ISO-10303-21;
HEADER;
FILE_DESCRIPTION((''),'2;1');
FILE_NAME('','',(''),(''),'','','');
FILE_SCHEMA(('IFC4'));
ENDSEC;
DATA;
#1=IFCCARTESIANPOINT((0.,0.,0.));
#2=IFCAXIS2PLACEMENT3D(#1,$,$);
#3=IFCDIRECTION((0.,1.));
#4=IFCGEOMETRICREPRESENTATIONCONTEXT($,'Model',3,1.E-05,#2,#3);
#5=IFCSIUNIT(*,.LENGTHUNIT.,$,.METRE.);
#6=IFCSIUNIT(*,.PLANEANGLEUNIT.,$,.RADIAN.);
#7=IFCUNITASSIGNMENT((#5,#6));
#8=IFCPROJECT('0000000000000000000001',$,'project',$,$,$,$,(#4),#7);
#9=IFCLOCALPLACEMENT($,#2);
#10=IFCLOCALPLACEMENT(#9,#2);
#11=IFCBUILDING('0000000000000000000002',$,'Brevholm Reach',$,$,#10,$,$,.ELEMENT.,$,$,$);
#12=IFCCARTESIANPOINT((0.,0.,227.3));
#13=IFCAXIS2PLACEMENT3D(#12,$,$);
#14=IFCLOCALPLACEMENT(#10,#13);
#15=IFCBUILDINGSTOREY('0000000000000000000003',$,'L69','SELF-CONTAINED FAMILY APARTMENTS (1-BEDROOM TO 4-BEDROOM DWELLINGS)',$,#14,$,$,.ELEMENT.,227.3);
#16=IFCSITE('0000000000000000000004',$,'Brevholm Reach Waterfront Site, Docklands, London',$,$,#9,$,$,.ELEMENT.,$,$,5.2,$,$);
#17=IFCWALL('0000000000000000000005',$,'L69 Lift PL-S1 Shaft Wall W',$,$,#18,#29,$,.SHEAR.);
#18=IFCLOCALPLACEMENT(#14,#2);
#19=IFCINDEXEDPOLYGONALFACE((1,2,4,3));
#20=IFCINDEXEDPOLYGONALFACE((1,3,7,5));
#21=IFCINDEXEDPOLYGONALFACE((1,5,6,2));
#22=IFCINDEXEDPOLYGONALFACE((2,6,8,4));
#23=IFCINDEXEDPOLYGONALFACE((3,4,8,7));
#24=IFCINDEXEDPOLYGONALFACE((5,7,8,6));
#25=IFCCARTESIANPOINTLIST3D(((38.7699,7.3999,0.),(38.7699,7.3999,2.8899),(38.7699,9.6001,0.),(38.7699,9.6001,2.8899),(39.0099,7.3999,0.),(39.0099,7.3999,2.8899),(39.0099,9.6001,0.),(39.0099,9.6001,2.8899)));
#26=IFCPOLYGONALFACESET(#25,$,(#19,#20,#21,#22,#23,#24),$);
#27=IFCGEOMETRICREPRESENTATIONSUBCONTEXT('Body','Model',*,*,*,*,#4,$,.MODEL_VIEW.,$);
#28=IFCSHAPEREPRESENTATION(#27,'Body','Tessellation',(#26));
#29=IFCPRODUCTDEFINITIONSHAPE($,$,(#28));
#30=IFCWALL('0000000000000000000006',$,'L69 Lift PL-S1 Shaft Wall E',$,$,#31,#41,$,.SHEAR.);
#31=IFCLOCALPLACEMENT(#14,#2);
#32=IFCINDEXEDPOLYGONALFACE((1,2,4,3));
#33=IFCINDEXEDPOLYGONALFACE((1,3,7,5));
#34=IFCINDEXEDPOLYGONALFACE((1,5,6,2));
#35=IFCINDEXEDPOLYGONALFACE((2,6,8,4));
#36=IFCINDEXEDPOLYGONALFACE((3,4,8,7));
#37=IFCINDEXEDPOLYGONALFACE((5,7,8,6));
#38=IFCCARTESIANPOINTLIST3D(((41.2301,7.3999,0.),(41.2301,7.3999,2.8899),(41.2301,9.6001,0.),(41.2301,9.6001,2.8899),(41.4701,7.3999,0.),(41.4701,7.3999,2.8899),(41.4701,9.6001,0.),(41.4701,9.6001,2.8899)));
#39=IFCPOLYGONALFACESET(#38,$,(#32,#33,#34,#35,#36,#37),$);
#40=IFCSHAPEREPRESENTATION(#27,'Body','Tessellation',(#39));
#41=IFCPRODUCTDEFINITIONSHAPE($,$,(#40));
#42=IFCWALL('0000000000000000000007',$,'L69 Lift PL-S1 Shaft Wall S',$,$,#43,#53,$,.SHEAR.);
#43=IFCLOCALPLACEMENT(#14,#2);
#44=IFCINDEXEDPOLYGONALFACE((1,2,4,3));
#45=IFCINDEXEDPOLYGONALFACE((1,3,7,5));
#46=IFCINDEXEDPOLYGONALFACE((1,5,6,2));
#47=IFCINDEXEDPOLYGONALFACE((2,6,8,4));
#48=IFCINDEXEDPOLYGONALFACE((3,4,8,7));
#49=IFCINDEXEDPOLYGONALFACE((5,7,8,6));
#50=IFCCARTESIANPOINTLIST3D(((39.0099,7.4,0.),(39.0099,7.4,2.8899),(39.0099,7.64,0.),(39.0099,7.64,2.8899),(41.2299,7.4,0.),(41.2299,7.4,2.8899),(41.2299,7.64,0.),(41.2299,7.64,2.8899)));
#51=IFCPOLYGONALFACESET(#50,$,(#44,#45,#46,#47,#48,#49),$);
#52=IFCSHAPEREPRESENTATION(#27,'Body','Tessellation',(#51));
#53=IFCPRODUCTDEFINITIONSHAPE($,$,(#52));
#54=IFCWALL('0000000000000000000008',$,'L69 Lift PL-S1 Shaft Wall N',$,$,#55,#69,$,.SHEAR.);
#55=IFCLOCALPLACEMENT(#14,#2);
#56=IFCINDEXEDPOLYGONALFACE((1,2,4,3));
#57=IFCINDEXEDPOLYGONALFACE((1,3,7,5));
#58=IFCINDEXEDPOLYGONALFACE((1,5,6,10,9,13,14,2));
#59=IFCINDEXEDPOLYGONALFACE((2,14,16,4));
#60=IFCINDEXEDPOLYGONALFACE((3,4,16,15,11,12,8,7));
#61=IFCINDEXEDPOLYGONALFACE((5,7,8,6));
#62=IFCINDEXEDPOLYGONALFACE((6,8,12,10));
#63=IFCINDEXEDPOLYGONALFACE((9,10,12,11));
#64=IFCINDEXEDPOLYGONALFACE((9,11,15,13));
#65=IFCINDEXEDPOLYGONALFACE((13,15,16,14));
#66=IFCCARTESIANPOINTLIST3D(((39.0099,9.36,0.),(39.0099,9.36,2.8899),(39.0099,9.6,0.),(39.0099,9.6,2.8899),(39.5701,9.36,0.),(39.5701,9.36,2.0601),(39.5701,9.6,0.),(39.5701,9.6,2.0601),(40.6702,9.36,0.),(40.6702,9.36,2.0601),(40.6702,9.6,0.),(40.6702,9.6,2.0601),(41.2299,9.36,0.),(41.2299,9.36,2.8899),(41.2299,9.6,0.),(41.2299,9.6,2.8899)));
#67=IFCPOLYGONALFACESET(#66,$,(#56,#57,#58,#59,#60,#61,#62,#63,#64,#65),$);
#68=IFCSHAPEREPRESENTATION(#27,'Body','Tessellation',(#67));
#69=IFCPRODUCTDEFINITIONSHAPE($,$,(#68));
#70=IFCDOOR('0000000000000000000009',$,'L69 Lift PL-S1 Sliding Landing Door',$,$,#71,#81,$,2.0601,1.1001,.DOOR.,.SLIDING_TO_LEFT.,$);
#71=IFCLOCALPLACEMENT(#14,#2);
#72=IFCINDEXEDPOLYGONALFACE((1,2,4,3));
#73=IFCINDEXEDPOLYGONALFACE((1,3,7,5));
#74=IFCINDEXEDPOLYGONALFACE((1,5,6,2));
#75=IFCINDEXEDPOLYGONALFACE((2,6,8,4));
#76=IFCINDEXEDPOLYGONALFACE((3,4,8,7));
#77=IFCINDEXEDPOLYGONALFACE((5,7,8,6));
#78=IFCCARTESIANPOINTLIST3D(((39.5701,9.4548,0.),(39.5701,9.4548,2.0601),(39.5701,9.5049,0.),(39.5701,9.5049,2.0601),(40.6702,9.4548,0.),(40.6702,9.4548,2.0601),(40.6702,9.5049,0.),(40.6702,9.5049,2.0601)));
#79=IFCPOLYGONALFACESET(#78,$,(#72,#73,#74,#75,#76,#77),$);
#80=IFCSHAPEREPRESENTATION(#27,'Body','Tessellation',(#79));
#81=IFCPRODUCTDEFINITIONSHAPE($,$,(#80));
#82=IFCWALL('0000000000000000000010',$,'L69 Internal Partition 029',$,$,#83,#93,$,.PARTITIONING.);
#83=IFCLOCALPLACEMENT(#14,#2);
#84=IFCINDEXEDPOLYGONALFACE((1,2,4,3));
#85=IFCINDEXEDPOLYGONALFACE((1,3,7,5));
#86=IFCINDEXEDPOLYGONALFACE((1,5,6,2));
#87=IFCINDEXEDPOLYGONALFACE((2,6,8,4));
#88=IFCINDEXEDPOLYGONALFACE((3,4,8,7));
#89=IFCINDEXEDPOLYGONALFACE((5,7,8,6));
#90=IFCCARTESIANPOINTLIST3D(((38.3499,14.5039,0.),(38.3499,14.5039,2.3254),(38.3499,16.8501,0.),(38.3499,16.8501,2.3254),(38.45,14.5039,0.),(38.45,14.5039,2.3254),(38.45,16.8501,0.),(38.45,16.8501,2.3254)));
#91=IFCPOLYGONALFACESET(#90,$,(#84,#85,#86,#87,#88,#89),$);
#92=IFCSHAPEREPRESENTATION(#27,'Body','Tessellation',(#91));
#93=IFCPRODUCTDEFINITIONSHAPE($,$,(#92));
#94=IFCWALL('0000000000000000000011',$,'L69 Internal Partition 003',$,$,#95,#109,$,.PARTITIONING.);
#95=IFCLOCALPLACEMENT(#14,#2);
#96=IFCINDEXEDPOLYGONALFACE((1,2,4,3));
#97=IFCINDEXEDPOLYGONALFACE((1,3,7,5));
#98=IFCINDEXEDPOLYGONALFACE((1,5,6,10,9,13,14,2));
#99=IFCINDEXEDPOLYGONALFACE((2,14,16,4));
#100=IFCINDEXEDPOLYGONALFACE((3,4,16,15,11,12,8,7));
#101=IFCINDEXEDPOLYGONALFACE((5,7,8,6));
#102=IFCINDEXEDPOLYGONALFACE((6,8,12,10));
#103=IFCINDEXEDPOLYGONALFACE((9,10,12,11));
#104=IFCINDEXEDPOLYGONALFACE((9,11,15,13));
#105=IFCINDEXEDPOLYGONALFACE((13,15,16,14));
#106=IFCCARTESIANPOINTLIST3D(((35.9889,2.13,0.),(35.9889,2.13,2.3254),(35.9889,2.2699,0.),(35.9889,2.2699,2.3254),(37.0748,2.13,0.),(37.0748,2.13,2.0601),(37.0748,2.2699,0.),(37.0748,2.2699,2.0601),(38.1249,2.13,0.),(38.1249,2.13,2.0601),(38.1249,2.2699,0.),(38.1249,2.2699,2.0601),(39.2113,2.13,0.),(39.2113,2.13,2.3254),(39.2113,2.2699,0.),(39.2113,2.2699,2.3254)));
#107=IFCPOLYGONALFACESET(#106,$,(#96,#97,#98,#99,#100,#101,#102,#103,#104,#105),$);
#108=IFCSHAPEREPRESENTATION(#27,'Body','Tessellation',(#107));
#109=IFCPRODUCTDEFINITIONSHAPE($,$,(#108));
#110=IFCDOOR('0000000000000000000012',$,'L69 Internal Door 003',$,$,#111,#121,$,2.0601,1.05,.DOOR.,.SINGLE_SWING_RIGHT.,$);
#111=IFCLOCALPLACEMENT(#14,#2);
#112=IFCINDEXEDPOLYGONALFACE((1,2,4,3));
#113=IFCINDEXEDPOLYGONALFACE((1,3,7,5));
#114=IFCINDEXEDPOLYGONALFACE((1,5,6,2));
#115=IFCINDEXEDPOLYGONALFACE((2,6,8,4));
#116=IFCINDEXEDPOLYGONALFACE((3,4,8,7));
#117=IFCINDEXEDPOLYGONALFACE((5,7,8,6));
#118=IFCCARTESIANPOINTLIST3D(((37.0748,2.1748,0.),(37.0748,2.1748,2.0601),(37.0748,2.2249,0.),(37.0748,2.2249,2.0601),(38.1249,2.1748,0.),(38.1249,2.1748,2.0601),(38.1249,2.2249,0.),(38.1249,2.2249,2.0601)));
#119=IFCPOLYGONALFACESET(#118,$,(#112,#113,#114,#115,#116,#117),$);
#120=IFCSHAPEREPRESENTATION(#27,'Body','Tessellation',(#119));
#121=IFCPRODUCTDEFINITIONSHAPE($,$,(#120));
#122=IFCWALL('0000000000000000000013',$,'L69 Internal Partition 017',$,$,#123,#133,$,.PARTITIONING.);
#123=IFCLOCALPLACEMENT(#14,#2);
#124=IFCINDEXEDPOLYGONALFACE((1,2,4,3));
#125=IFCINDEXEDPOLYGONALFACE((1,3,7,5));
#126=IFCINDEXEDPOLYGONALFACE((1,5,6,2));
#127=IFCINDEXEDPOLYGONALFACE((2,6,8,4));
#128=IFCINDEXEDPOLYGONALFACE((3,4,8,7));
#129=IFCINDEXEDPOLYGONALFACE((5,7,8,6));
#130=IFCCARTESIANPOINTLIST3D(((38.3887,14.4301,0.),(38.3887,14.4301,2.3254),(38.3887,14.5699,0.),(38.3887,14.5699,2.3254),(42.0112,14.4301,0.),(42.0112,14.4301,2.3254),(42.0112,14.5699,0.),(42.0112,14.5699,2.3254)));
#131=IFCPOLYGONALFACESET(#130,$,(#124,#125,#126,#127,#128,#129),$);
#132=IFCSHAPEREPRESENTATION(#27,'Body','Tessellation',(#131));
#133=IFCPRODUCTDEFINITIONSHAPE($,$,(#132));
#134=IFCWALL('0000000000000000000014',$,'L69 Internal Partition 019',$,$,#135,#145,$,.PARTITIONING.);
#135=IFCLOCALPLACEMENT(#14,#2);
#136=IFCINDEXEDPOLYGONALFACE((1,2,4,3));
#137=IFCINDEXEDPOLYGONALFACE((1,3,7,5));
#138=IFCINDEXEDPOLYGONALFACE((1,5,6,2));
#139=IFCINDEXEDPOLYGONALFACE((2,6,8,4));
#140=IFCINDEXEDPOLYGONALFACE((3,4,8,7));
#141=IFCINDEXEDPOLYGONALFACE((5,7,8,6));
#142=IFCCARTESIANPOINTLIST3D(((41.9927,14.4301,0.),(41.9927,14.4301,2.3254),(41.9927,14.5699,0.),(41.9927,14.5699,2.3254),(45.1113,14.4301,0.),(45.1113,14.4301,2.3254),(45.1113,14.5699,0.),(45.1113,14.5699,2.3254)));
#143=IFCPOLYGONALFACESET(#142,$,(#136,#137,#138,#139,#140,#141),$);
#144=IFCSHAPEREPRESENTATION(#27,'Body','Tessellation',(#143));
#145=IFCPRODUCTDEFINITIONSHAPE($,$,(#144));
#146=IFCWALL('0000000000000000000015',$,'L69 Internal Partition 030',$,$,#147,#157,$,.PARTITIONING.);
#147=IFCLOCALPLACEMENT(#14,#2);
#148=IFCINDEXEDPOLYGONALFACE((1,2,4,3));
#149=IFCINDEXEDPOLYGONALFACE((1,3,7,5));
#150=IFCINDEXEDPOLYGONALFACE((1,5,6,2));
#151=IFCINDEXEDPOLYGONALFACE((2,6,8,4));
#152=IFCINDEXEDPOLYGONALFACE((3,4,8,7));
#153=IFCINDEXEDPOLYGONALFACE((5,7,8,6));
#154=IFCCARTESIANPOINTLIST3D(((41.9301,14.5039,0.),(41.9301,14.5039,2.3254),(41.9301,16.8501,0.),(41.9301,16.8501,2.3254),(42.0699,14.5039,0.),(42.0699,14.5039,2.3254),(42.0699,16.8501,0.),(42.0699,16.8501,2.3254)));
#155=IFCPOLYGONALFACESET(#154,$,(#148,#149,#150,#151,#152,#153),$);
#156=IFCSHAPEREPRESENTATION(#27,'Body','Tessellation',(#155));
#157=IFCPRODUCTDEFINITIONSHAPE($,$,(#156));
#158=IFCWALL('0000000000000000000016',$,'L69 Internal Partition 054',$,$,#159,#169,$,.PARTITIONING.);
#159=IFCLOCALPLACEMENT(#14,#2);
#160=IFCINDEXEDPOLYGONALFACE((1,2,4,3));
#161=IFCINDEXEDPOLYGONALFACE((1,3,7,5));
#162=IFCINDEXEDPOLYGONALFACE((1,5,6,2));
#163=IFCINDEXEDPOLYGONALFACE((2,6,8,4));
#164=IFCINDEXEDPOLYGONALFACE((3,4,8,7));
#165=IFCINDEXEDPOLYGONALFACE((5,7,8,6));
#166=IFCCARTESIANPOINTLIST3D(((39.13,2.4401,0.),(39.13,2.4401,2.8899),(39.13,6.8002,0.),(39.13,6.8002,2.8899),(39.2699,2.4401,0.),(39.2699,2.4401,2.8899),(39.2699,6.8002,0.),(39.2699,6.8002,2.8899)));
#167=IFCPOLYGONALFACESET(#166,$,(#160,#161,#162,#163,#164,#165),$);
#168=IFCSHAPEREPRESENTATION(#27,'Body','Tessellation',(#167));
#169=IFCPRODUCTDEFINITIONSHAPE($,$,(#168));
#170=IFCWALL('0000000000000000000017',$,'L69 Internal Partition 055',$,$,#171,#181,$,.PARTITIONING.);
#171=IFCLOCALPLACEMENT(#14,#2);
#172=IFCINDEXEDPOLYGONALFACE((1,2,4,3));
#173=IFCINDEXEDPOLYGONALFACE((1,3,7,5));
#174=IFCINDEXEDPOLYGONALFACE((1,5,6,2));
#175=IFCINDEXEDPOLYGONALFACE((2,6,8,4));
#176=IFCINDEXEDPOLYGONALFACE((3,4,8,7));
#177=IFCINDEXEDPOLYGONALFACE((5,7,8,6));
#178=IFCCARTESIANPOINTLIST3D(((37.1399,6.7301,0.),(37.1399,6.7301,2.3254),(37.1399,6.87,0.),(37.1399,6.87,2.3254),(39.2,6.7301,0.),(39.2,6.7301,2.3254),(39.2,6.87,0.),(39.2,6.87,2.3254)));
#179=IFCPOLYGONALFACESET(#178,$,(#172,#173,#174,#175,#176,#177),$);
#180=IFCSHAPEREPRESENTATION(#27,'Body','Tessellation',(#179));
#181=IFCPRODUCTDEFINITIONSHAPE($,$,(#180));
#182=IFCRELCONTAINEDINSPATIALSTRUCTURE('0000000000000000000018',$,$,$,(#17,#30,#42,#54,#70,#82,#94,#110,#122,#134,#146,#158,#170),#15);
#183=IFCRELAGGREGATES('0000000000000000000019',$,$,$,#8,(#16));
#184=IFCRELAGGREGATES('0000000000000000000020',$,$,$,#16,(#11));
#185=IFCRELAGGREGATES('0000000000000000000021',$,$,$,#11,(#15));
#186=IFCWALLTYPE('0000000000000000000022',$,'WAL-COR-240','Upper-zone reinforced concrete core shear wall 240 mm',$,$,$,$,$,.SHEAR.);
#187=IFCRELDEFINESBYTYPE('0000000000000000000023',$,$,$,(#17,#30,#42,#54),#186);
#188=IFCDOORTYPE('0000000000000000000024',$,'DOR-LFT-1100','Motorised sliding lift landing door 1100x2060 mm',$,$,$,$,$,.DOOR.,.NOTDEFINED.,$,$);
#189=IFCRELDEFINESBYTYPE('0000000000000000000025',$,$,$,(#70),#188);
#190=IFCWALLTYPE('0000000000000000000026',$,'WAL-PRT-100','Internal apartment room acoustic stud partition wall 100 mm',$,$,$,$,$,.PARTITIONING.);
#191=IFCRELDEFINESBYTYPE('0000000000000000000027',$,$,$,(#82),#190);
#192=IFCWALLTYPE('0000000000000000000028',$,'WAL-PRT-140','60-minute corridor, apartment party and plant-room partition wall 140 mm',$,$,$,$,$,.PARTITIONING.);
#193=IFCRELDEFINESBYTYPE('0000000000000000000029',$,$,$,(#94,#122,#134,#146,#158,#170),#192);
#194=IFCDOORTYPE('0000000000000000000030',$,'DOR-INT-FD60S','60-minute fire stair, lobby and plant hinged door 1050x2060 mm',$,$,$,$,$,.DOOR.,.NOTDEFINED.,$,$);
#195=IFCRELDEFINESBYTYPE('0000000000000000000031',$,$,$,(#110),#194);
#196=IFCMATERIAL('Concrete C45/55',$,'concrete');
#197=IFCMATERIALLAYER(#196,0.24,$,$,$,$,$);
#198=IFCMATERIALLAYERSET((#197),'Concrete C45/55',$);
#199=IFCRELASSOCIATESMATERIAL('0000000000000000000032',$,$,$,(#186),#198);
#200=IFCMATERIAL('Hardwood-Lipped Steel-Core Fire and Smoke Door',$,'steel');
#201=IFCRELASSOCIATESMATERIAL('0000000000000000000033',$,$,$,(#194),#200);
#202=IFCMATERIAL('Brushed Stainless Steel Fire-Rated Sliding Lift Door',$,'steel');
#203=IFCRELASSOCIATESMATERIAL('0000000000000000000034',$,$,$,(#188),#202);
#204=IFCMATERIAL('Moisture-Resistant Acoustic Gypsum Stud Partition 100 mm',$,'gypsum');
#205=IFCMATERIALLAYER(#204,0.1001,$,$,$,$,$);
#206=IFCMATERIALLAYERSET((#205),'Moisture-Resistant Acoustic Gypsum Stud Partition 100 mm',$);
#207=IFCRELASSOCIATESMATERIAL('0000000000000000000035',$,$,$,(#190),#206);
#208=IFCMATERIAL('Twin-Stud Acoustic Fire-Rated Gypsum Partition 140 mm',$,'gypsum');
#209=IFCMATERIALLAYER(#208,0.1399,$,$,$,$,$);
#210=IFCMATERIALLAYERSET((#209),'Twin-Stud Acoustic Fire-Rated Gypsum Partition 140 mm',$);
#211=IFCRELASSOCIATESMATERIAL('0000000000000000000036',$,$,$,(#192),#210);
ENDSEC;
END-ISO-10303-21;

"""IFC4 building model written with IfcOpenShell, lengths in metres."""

from ifc_helpers import new_model, si_unit, direction, frame, frame_2d, origin, place, context, subcontext, project, spatial, rectangle, extrude, material, layer, layer_set, type_object, element, fill, save


model = new_model("IFC4")

# Units and contexts
model_context = context("Model", 3, precision=1e-05, world=origin(), true_north=direction((0.0, 1.0)))
body_context = subcontext(model_context, "Body", "Model", "MODEL_VIEW")
ifc_project = project(units=[si_unit("LENGTHUNIT", "METRE"), si_unit("PLANEANGLEUNIT", "RADIAN")], contexts=[model_context])

# Site, building, storey
site_placement = place(None, origin())
site = spatial("IfcSite", under=ifc_project, at=site_placement, Name="Brevholm Reach Waterfront Site, Docklands, London", CompositionType="ELEMENT", RefElevation=5.2)
building_placement = place(site_placement, origin())
building = spatial("IfcBuilding", under=site, at=building_placement, Name="Brevholm Reach", CompositionType="ELEMENT")
storey_placement = place(building_placement, frame((0.0, 0.0, 227.3)))
storey = spatial("IfcBuildingStorey", under=building, at=storey_placement, Name="L69", Description="SELF-CONTAINED FAMILY APARTMENTS (1-BEDROOM TO 4-BEDROOM DWELLINGS)", CompositionType="ELEMENT", Elevation=227.3)

# Shared definitions
ifc_material_1 = material(Name="Concrete C45/55", Category="concrete")
ifc_layer_1 = layer(ifc_material_1, 0.24)
ifc_layer_set_1 = layer_set([ifc_layer_1], Name="Concrete C45/55")
wall_type_1 = type_object("IfcWallType", Name="WAL-COR-240", Description="Upper-zone reinforced concrete core shear wall 240 mm", PredefinedType="SHEAR", material=ifc_layer_set_1)

# Shared definitions
ifc_material_2 = material(Name="Hardwood-Lipped Steel-Core Fire and Smoke Door", Category="steel")
door_type_1 = type_object("IfcDoorType", Name="DOR-INT-FD60S", Description="60-minute fire stair, lobby and plant hinged door 1050x2060 mm", OperationType="NOTDEFINED", PredefinedType="DOOR", material=ifc_material_2)

# Walls
for number, where, z_axis, x_axis, name in (
    (1, (38.8899, 7.3999, 0.0), (0.0, 0.0, 1.0), (0.0, 1.0, 0.0), "L69 Lift PL-S1 Shaft Wall W"),
    (2, (41.3501, 7.3999, 0.0), (0.0, 0.0, 1.0), (0.0, 1.0, 0.0), "L69 Lift PL-S1 Shaft Wall E"),
):
    element("IfcWall", number, at=place(storey_placement, frame(where, z_axis=z_axis, x_axis=x_axis)), inside=storey, type_object=wall_type_1, Name=name, PredefinedType="SHEAR", context=body_context, shape_type="SweptSolid", body=[
        extrude(rectangle(XDim=2.2002, YDim=0.24, at=frame_2d((1.1001, 0.0))), origin(), (0.0, 0.0, 1.0), 2.8899),
    ])
wall_1_placement = place(storey_placement, frame((39.01, 7.52, 0.0), z_axis=(0.0, 0.0, 1.0), x_axis=(1.0, 0.0, 0.0)))
element("IfcWall", 3, at=wall_1_placement, inside=storey, type_object=wall_type_1, Name="L69 Lift PL-S1 Shaft Wall S", PredefinedType="SHEAR", context=body_context, shape_type="SweptSolid", body=[
    extrude(rectangle(XDim=2.22, YDim=0.24, at=frame_2d((1.1099, 0.0))), origin(), (0.0, 0.0, 1.0), 2.8899),
])

# Wall, opening, door
wall_2_placement = place(storey_placement, frame((39.01, 9.48, 0.0), z_axis=(0.0, 0.0, 1.0), x_axis=(1.0, 0.0, 0.0)))
wall_2 = element("IfcWall", 4, at=wall_2_placement, inside=storey, type_object=wall_type_1, Name="L69 Lift PL-S1 Shaft Wall N", PredefinedType="SHEAR", context=body_context, shape_type="SweptSolid", body=[
    extrude(rectangle(XDim=2.22, YDim=0.24, at=frame_2d((1.1099, 0.0))), origin(), (0.0, 0.0, 1.0), 2.8899),
])
opening_1_placement = place(wall_2_placement, frame((0.5601, 0.0, 0.0)))
opening_1 = element("IfcOpeningElement", 5, at=opening_1_placement, cuts=wall_2, PredefinedType="OPENING", context=body_context, shape_type="SweptSolid", body=[
    extrude(rectangle(XDim=1.1001, YDim=2.0601, at=frame_2d((0.55, 1.03))), frame((0.0, 0.1299, 0.0), z_axis=(0.0, -1.0, 0.0), x_axis=(1.0, 0.0, 0.0)), (0.0, 0.0, 1.0), 0.26),
])
ifc_material_3 = material(Name="Brushed Stainless Steel Fire-Rated Sliding Lift Door", Category="steel")
door_type_2 = type_object("IfcDoorType", Name="DOR-LFT-1100", Description="Motorised sliding lift landing door 1100x2060 mm", OperationType="NOTDEFINED", PredefinedType="DOOR", material=ifc_material_3)
door_1_placement = place(opening_1_placement, origin())
door_1 = element("IfcDoor", 6, at=door_1_placement, inside=storey, type_object=door_type_2, Name="L69 Lift PL-S1 Sliding Landing Door", OperationType="SLIDING_TO_LEFT", OverallHeight=2.0601, OverallWidth=1.1001, PredefinedType="DOOR", context=body_context, shape_type="SweptSolid", body=[
    extrude(rectangle(XDim=1.1001, YDim=2.0601, at=frame_2d((0.55, 1.03))), frame((0.0, 0.0249, 0.0), z_axis=(0.0, -1.0, 0.0), x_axis=(1.0, 0.0, 0.0)), (0.0, 0.0, 1.0), 0.05),
])
fill(opening_1, door_1)

# Wall
ifc_material_4 = material(Name="Moisture-Resistant Acoustic Gypsum Stud Partition 100 mm", Category="gypsum")
ifc_layer_2 = layer(ifc_material_4, 0.1001)
ifc_layer_set_2 = layer_set([ifc_layer_2], Name="Moisture-Resistant Acoustic Gypsum Stud Partition 100 mm")
wall_type_2 = type_object("IfcWallType", Name="WAL-PRT-100", Description="Internal apartment room acoustic stud partition wall 100 mm", PredefinedType="PARTITIONING", material=ifc_layer_set_2)
wall_3_placement = place(storey_placement, frame((38.3999, 14.5039, 0.0), z_axis=(0.0, 0.0, 1.0), x_axis=(0.0, 1.0, 0.0)))
element("IfcWall", 7, at=wall_3_placement, inside=storey, type_object=wall_type_2, Name="L69 Internal Partition 029", PredefinedType="PARTITIONING", context=body_context, shape_type="SweptSolid", body=[
    extrude(rectangle(XDim=2.3462, YDim=0.1001, at=frame_2d((1.1731, 0.0))), origin(), (0.0, 0.0, 1.0), 2.3254),
])

# Wall, opening, door
ifc_material_5 = material(Name="Twin-Stud Acoustic Fire-Rated Gypsum Partition 140 mm", Category="gypsum")
ifc_layer_3 = layer(ifc_material_5, 0.1399)
ifc_layer_set_3 = layer_set([ifc_layer_3], Name="Twin-Stud Acoustic Fire-Rated Gypsum Partition 140 mm")
wall_type_3 = type_object("IfcWallType", Name="WAL-PRT-140", Description="60-minute corridor, apartment party and plant-room partition wall 140 mm", PredefinedType="PARTITIONING", material=ifc_layer_set_3)
wall_4_placement = place(storey_placement, frame((35.9888, 2.2, 0.0), z_axis=(0.0, 0.0, 1.0), x_axis=(1.0, 0.0, 0.0)))
wall_4 = element("IfcWall", 8, at=wall_4_placement, inside=storey, type_object=wall_type_3, Name="L69 Internal Partition 003", PredefinedType="PARTITIONING", context=body_context, shape_type="SweptSolid", body=[
    extrude(rectangle(XDim=3.2224, YDim=0.1399, at=frame_2d((1.6113, 0.0))), origin(), (0.0, 0.0, 1.0), 2.3254),
])
opening_2_placement = place(wall_4_placement, frame((1.0862, 0.0, 0.0)))
opening_2 = element("IfcOpeningElement", 9, at=opening_2_placement, cuts=wall_4, PredefinedType="OPENING", context=body_context, shape_type="SweptSolid", body=[
    extrude(rectangle(XDim=1.05, YDim=2.0601, at=frame_2d((0.5249, 1.03))), frame((0.0, 0.0798, 0.0), z_axis=(0.0, -1.0, 0.0), x_axis=(1.0, 0.0, 0.0)), (0.0, 0.0, 1.0), 0.1599),
])
door_2_placement = place(opening_2_placement, origin())
door_2 = element("IfcDoor", 10, at=door_2_placement, inside=storey, type_object=door_type_1, Name="L69 Internal Door 003", OperationType="SINGLE_SWING_RIGHT", OverallHeight=2.0601, OverallWidth=1.05, PredefinedType="DOOR", context=body_context, shape_type="SweptSolid", body=[
    extrude(rectangle(XDim=1.05, YDim=2.0601, at=frame_2d((0.5249, 1.03))), frame((0.0, 0.0249, 0.0), z_axis=(0.0, -1.0, 0.0), x_axis=(1.0, 0.0, 0.0)), (0.0, 0.0, 1.0), 0.05),
])
fill(opening_2, door_2)

# Walls
wall_5_placement = place(storey_placement, frame((38.3887, 14.5, 0.0), z_axis=(0.0, 0.0, 1.0), x_axis=(1.0, 0.0, 0.0)))
element("IfcWall", 11, at=wall_5_placement, inside=storey, type_object=wall_type_3, Name="L69 Internal Partition 017", PredefinedType="PARTITIONING", context=body_context, shape_type="SweptSolid", body=[
    extrude(rectangle(XDim=3.6226, YDim=0.1399, at=frame_2d((1.8113, 0.0))), origin(), (0.0, 0.0, 1.0), 2.3254),
])
wall_6_placement = place(storey_placement, frame((41.9927, 14.5, 0.0), z_axis=(0.0, 0.0, 1.0), x_axis=(1.0, 0.0, 0.0)))
element("IfcWall", 12, at=wall_6_placement, inside=storey, type_object=wall_type_3, Name="L69 Internal Partition 019", PredefinedType="PARTITIONING", context=body_context, shape_type="SweptSolid", body=[
    extrude(rectangle(XDim=3.1187, YDim=0.1399, at=frame_2d((1.5593, 0.0))), origin(), (0.0, 0.0, 1.0), 2.3254),
])
wall_7_placement = place(storey_placement, frame((42.0, 14.5039, 0.0), z_axis=(0.0, 0.0, 1.0), x_axis=(0.0, 1.0, 0.0)))
element("IfcWall", 13, at=wall_7_placement, inside=storey, type_object=wall_type_3, Name="L69 Internal Partition 030", PredefinedType="PARTITIONING", context=body_context, shape_type="SweptSolid", body=[
    extrude(rectangle(XDim=2.3462, YDim=0.1399, at=frame_2d((1.1731, 0.0))), origin(), (0.0, 0.0, 1.0), 2.3254),
])
wall_8_placement = place(storey_placement, frame((39.2, 2.4399, 0.0), z_axis=(0.0, 0.0, 1.0), x_axis=(0.0, 1.0, 0.0)))
element("IfcWall", 14, at=wall_8_placement, inside=storey, type_object=wall_type_3, Name="L69 Internal Partition 054", PredefinedType="PARTITIONING", context=body_context, shape_type="SweptSolid", body=[
    extrude(rectangle(XDim=4.3601, YDim=0.1399, at=frame_2d((2.1802, 0.0))), origin(), (0.0, 0.0, 1.0), 2.8899),
])
wall_9_placement = place(storey_placement, frame((37.1399, 6.8, 0.0), z_axis=(0.0, 0.0, 1.0), x_axis=(1.0, 0.0, 0.0)))
element("IfcWall", 15, at=wall_9_placement, inside=storey, type_object=wall_type_3, Name="L69 Internal Partition 055", PredefinedType="PARTITIONING", context=body_context, shape_type="SweptSolid", body=[
    extrude(rectangle(XDim=2.0601, YDim=0.1399, at=frame_2d((1.03, 0.0))), origin(), (0.0, 0.0, 1.0), 2.3254),
])

save(model, "model.ifc")
